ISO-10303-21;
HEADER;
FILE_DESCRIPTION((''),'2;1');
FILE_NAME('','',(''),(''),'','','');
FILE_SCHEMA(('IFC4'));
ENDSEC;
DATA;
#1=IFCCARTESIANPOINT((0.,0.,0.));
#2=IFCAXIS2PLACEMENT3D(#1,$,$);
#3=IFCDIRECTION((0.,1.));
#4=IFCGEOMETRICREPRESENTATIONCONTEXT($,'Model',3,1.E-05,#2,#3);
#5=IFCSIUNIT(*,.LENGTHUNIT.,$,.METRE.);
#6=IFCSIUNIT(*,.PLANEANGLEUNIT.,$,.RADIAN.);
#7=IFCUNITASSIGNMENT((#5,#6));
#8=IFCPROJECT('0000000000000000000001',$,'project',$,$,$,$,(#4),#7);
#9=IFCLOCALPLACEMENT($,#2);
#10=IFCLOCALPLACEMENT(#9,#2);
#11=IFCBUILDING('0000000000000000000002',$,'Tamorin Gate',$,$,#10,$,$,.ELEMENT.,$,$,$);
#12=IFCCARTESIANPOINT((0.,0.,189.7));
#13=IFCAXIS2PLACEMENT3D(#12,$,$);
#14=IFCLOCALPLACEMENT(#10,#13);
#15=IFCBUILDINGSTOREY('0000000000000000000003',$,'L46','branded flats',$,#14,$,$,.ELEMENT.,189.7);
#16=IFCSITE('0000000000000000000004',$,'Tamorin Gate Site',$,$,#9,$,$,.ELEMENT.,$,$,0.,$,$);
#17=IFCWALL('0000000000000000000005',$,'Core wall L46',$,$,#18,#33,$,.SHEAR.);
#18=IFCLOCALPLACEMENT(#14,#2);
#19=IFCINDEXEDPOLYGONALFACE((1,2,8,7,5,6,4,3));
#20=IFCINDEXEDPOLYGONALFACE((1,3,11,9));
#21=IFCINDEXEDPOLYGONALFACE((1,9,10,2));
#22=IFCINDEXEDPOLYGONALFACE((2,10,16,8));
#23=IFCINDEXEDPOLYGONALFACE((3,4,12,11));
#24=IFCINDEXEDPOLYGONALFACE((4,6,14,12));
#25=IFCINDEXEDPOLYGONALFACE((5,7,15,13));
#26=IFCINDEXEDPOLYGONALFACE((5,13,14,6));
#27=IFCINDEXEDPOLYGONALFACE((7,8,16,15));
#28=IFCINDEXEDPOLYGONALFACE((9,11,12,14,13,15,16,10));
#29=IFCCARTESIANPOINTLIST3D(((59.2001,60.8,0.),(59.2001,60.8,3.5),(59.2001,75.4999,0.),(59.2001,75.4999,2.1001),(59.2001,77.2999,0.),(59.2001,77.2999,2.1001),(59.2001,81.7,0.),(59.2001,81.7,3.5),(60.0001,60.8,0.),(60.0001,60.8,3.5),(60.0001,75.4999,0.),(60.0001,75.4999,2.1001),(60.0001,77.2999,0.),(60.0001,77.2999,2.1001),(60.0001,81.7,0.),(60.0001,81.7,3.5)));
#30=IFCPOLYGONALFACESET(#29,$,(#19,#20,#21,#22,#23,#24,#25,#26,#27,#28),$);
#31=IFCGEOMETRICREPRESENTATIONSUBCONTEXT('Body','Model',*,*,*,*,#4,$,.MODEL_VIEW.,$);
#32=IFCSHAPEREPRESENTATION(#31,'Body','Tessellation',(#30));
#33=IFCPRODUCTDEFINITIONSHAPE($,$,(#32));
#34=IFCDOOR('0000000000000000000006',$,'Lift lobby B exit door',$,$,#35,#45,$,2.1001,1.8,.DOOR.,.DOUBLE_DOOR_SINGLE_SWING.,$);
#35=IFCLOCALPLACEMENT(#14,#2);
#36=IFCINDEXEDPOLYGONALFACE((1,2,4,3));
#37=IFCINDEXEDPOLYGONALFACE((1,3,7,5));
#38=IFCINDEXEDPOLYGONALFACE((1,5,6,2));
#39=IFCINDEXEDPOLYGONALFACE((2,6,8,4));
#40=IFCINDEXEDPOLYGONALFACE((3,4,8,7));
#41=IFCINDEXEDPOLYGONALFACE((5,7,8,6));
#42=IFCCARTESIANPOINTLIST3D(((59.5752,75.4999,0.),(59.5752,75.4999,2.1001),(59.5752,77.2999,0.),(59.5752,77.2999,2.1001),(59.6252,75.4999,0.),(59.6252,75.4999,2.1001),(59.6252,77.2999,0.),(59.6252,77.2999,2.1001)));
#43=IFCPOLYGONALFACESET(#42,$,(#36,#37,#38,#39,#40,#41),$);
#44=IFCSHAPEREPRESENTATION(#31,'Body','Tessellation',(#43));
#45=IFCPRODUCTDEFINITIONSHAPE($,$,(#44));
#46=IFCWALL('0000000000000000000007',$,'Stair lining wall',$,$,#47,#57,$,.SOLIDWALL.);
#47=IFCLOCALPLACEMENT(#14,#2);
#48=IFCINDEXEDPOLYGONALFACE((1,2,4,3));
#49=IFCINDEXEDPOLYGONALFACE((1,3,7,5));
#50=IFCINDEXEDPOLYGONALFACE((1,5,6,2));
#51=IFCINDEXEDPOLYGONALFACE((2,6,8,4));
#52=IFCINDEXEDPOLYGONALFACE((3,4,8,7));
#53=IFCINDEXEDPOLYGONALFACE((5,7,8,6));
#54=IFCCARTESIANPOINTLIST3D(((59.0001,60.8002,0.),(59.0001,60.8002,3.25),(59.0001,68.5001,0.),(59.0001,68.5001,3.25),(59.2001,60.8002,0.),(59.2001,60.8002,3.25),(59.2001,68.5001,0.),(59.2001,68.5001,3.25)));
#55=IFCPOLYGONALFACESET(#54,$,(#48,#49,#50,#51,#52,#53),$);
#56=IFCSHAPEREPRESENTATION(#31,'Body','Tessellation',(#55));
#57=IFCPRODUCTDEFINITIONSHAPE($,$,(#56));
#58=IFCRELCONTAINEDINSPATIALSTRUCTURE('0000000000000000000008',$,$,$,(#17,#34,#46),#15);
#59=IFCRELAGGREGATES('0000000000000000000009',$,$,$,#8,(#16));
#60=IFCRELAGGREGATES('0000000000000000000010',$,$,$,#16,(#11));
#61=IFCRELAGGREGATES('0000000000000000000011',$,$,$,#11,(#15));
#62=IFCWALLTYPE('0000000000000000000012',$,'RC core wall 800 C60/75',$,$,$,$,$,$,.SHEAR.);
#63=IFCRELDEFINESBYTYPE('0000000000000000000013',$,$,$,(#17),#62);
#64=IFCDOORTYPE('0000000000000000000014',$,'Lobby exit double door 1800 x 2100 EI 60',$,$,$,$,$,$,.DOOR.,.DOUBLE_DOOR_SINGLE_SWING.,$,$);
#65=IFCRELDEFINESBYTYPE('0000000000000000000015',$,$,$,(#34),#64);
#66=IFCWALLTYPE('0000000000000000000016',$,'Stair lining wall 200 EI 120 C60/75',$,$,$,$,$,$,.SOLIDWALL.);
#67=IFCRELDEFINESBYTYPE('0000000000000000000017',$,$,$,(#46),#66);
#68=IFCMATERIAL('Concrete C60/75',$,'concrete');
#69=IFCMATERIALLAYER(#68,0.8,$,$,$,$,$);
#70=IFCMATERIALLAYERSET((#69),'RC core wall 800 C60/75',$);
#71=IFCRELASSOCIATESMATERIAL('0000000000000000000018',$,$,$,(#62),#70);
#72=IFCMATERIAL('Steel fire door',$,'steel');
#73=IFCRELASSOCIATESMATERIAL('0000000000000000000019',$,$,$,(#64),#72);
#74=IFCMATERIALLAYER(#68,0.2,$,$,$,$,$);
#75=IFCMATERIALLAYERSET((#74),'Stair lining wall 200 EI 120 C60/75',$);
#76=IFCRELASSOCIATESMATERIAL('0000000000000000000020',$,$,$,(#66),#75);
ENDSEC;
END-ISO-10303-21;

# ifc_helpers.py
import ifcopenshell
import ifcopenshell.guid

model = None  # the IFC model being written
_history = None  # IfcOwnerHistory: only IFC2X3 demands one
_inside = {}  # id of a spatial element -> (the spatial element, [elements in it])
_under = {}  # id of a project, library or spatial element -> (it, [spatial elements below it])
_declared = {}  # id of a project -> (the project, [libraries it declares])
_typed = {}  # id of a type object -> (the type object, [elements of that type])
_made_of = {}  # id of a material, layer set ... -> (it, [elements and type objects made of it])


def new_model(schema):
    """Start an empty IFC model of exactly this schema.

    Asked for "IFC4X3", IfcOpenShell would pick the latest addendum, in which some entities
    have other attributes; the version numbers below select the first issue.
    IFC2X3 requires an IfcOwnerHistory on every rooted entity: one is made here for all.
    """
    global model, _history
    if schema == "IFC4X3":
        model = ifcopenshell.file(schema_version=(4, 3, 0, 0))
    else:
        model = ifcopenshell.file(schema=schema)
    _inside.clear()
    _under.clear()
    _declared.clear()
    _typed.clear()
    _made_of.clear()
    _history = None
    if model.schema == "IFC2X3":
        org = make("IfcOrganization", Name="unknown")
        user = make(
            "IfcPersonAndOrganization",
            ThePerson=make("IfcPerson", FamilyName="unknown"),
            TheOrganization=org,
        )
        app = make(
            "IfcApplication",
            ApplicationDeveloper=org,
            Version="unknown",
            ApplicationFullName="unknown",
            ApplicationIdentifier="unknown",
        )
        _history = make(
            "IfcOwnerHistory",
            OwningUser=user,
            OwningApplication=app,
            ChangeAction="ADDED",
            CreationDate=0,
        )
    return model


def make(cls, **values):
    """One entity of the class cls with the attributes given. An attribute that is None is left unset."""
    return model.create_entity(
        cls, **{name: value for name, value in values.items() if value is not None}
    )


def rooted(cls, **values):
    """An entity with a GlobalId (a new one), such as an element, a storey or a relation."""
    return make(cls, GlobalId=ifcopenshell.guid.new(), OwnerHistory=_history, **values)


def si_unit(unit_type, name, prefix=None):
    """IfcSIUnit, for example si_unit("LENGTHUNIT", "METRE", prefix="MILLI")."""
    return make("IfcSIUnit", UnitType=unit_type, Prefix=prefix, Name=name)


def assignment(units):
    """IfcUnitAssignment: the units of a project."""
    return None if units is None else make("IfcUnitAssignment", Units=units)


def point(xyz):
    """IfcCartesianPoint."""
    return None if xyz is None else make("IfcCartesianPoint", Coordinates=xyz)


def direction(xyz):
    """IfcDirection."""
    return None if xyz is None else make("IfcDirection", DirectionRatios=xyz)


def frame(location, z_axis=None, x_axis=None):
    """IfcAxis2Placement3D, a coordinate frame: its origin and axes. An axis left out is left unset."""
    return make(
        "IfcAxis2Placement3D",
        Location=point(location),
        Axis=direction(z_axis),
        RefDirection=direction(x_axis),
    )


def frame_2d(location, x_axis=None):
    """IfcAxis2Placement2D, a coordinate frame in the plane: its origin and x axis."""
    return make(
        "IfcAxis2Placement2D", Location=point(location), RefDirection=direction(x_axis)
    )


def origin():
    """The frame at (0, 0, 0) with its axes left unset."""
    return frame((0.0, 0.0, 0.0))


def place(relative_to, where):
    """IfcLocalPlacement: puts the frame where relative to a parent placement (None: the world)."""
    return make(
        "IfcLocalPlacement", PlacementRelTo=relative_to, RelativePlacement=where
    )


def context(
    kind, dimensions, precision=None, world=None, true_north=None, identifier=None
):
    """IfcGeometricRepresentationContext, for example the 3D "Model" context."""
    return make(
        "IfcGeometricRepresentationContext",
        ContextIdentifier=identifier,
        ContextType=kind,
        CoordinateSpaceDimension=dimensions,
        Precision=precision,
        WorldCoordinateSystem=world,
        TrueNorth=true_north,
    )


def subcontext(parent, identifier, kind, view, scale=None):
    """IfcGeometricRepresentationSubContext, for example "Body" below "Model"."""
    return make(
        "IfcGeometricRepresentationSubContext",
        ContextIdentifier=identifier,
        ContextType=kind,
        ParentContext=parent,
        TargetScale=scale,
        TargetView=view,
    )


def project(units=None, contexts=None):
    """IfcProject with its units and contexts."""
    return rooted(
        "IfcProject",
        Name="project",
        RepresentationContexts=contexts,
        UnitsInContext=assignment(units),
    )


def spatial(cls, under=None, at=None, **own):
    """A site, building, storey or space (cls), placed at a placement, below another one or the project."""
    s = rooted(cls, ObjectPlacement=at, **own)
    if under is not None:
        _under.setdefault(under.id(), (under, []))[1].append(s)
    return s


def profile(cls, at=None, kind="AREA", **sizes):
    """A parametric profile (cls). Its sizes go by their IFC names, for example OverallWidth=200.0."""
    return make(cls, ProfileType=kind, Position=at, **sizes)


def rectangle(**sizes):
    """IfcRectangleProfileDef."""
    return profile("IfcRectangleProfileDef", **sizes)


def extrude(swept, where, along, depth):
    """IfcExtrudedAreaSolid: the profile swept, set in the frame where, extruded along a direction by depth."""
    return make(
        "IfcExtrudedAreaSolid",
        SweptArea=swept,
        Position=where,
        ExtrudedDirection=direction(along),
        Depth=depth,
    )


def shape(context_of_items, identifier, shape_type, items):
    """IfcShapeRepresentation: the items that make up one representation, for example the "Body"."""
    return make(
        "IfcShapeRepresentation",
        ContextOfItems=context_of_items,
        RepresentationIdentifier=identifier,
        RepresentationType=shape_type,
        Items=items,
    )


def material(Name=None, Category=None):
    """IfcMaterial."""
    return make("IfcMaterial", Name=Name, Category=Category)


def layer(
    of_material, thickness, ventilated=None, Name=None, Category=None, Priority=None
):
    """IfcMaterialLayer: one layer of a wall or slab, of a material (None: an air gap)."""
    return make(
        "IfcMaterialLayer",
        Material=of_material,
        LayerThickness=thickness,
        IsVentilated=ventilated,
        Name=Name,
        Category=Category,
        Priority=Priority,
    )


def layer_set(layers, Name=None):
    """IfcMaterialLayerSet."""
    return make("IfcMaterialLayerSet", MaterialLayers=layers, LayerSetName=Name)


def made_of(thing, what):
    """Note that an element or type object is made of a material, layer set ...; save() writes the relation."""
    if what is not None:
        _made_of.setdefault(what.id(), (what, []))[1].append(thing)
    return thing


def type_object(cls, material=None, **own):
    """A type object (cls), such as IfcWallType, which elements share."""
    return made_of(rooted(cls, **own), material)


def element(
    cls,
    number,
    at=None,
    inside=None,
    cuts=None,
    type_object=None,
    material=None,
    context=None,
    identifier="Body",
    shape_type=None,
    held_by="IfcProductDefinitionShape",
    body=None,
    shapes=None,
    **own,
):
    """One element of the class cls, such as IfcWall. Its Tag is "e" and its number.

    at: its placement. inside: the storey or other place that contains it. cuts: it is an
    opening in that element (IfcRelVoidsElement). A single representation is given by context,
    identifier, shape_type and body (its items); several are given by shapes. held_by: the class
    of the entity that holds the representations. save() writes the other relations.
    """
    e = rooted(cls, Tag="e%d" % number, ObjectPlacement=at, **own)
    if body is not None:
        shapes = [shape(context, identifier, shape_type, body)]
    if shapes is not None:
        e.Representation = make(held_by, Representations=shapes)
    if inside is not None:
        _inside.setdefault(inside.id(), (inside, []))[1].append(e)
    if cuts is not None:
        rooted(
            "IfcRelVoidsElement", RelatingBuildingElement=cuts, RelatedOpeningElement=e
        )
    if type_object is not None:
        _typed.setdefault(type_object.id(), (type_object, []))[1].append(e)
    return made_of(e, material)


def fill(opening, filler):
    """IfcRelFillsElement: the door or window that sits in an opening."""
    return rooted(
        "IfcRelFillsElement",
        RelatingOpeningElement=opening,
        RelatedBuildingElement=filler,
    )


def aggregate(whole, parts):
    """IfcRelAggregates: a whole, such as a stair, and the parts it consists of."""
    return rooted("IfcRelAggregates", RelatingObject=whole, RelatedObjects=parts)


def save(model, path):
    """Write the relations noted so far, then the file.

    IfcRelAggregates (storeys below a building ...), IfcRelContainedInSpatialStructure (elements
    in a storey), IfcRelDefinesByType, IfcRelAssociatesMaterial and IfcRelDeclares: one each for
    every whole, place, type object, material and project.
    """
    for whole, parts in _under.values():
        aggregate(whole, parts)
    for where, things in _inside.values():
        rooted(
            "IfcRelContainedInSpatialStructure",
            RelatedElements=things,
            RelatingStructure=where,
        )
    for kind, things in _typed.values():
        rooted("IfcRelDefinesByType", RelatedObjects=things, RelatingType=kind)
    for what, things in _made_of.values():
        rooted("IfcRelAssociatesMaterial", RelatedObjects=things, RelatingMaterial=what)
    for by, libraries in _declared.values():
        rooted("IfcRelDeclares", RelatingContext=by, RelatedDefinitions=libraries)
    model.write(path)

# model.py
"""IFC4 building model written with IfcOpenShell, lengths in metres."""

from ifc_helpers import new_model, si_unit, direction, frame, frame_2d, origin, place, context, subcontext, project, spatial, rectangle, extrude, material, layer, layer_set, type_object, element, fill, save


model = new_model("IFC4")

# Units and contexts
model_context = context("Model", 3, precision=1e-05, world=origin(), true_north=direction((0.0, 1.0)))
body_context = subcontext(model_context, "Body", "Model", "MODEL_VIEW")
ifc_project = project(units=[si_unit("LENGTHUNIT", "METRE"), si_unit("PLANEANGLEUNIT", "RADIAN")], contexts=[model_context])

# Site, building, storey
site_placement = place(None, origin())
site = spatial("IfcSite", under=ifc_project, at=site_placement, Name="Tamorin Gate Site", CompositionType="ELEMENT", RefElevation=0.0)
building_placement = place(site_placement, origin())
building = spatial("IfcBuilding", under=site, at=building_placement, Name="Tamorin Gate", CompositionType="ELEMENT")
storey_placement = place(building_placement, frame((0.0, 0.0, 189.7)))
storey = spatial("IfcBuildingStorey", under=building, at=storey_placement, Name="L46", Description="branded flats", CompositionType="ELEMENT", Elevation=189.7)

# Shared definitions
ifc_material_1 = material(Name="Concrete C60/75", Category="concrete")

# Wall, opening, door
ifc_layer_1 = layer(ifc_material_1, 0.8)
ifc_layer_set_1 = layer_set([ifc_layer_1], Name="RC core wall 800 C60/75")
wall_type_1 = type_object("IfcWallType", Name="RC core wall 800 C60/75", PredefinedType="SHEAR", material=ifc_layer_set_1)
wall_1_placement = place(storey_placement, frame((59.6001, 60.8, 0.0), z_axis=(0.0, 0.0, 1.0), x_axis=(0.0, 1.0, 0.0)))
wall_1 = element("IfcWall", 1, at=wall_1_placement, inside=storey, type_object=wall_type_1, Name="Core wall L46", PredefinedType="SHEAR", context=body_context, shape_type="SweptSolid", body=[
    extrude(rectangle(XDim=20.8999, YDim=0.8, at=frame_2d((10.45, 0.0))), origin(), (0.0, 0.0, 1.0), 3.5),
])
opening_1_placement = place(wall_1_placement, frame((14.7, 0.0, 0.0)))
opening_1 = element("IfcOpeningElement", 2, at=opening_1_placement, cuts=wall_1, PredefinedType="OPENING", context=body_context, shape_type="SweptSolid", body=[
    extrude(rectangle(XDim=1.8, YDim=2.1001, at=frame_2d((0.8999, 1.05))), frame((0.0, 0.4099, 0.0), z_axis=(0.0, -1.0, 0.0), x_axis=(1.0, 0.0, 0.0)), (0.0, 0.0, 1.0), 0.8201),
])
ifc_material_2 = material(Name="Steel fire door", Category="steel")
door_type_1 = type_object("IfcDoorType", Name="Lobby exit double door 1800 x 2100 EI 60", OperationType="DOUBLE_DOOR_SINGLE_SWING", PredefinedType="DOOR", material=ifc_material_2)
door_1_placement = place(opening_1_placement, origin())
door_1 = element("IfcDoor", 3, at=door_1_placement, inside=storey, type_object=door_type_1, Name="Lift lobby B exit door", OperationType="DOUBLE_DOOR_SINGLE_SWING", OverallHeight=2.1001, OverallWidth=1.8, PredefinedType="DOOR", context=body_context, shape_type="SweptSolid", body=[
    extrude(rectangle(XDim=1.8, YDim=2.1001, at=frame_2d((0.8999, 1.05))), frame((0.0, 0.0249, 0.0), z_axis=(0.0, -1.0, 0.0), x_axis=(1.0, 0.0, 0.0)), (0.0, 0.0, 1.0), 0.05),
])
fill(opening_1, door_1)

# Wall
ifc_layer_2 = layer(ifc_material_1, 0.2)
ifc_layer_set_2 = layer_set([ifc_layer_2], Name="Stair lining wall 200 EI 120 C60/75")
wall_type_2 = type_object("IfcWallType", Name="Stair lining wall 200 EI 120 C60/75", PredefinedType="SOLIDWALL", material=ifc_layer_set_2)
wall_2_placement = place(storey_placement, frame((59.1001, 60.8, 0.0), z_axis=(0.0, 0.0, 1.0), x_axis=(0.0, 1.0, 0.0)))
element("IfcWall", 4, at=wall_2_placement, inside=storey, type_object=wall_type_2, Name="Stair lining wall", PredefinedType="SOLIDWALL", context=body_context, shape_type="SweptSolid", body=[
    extrude(rectangle(XDim=7.7, YDim=0.2, at=frame_2d((3.8501, 0.0))), origin(), (0.0, 0.0, 1.0), 3.25),
])

save(model, "model.ifc")
